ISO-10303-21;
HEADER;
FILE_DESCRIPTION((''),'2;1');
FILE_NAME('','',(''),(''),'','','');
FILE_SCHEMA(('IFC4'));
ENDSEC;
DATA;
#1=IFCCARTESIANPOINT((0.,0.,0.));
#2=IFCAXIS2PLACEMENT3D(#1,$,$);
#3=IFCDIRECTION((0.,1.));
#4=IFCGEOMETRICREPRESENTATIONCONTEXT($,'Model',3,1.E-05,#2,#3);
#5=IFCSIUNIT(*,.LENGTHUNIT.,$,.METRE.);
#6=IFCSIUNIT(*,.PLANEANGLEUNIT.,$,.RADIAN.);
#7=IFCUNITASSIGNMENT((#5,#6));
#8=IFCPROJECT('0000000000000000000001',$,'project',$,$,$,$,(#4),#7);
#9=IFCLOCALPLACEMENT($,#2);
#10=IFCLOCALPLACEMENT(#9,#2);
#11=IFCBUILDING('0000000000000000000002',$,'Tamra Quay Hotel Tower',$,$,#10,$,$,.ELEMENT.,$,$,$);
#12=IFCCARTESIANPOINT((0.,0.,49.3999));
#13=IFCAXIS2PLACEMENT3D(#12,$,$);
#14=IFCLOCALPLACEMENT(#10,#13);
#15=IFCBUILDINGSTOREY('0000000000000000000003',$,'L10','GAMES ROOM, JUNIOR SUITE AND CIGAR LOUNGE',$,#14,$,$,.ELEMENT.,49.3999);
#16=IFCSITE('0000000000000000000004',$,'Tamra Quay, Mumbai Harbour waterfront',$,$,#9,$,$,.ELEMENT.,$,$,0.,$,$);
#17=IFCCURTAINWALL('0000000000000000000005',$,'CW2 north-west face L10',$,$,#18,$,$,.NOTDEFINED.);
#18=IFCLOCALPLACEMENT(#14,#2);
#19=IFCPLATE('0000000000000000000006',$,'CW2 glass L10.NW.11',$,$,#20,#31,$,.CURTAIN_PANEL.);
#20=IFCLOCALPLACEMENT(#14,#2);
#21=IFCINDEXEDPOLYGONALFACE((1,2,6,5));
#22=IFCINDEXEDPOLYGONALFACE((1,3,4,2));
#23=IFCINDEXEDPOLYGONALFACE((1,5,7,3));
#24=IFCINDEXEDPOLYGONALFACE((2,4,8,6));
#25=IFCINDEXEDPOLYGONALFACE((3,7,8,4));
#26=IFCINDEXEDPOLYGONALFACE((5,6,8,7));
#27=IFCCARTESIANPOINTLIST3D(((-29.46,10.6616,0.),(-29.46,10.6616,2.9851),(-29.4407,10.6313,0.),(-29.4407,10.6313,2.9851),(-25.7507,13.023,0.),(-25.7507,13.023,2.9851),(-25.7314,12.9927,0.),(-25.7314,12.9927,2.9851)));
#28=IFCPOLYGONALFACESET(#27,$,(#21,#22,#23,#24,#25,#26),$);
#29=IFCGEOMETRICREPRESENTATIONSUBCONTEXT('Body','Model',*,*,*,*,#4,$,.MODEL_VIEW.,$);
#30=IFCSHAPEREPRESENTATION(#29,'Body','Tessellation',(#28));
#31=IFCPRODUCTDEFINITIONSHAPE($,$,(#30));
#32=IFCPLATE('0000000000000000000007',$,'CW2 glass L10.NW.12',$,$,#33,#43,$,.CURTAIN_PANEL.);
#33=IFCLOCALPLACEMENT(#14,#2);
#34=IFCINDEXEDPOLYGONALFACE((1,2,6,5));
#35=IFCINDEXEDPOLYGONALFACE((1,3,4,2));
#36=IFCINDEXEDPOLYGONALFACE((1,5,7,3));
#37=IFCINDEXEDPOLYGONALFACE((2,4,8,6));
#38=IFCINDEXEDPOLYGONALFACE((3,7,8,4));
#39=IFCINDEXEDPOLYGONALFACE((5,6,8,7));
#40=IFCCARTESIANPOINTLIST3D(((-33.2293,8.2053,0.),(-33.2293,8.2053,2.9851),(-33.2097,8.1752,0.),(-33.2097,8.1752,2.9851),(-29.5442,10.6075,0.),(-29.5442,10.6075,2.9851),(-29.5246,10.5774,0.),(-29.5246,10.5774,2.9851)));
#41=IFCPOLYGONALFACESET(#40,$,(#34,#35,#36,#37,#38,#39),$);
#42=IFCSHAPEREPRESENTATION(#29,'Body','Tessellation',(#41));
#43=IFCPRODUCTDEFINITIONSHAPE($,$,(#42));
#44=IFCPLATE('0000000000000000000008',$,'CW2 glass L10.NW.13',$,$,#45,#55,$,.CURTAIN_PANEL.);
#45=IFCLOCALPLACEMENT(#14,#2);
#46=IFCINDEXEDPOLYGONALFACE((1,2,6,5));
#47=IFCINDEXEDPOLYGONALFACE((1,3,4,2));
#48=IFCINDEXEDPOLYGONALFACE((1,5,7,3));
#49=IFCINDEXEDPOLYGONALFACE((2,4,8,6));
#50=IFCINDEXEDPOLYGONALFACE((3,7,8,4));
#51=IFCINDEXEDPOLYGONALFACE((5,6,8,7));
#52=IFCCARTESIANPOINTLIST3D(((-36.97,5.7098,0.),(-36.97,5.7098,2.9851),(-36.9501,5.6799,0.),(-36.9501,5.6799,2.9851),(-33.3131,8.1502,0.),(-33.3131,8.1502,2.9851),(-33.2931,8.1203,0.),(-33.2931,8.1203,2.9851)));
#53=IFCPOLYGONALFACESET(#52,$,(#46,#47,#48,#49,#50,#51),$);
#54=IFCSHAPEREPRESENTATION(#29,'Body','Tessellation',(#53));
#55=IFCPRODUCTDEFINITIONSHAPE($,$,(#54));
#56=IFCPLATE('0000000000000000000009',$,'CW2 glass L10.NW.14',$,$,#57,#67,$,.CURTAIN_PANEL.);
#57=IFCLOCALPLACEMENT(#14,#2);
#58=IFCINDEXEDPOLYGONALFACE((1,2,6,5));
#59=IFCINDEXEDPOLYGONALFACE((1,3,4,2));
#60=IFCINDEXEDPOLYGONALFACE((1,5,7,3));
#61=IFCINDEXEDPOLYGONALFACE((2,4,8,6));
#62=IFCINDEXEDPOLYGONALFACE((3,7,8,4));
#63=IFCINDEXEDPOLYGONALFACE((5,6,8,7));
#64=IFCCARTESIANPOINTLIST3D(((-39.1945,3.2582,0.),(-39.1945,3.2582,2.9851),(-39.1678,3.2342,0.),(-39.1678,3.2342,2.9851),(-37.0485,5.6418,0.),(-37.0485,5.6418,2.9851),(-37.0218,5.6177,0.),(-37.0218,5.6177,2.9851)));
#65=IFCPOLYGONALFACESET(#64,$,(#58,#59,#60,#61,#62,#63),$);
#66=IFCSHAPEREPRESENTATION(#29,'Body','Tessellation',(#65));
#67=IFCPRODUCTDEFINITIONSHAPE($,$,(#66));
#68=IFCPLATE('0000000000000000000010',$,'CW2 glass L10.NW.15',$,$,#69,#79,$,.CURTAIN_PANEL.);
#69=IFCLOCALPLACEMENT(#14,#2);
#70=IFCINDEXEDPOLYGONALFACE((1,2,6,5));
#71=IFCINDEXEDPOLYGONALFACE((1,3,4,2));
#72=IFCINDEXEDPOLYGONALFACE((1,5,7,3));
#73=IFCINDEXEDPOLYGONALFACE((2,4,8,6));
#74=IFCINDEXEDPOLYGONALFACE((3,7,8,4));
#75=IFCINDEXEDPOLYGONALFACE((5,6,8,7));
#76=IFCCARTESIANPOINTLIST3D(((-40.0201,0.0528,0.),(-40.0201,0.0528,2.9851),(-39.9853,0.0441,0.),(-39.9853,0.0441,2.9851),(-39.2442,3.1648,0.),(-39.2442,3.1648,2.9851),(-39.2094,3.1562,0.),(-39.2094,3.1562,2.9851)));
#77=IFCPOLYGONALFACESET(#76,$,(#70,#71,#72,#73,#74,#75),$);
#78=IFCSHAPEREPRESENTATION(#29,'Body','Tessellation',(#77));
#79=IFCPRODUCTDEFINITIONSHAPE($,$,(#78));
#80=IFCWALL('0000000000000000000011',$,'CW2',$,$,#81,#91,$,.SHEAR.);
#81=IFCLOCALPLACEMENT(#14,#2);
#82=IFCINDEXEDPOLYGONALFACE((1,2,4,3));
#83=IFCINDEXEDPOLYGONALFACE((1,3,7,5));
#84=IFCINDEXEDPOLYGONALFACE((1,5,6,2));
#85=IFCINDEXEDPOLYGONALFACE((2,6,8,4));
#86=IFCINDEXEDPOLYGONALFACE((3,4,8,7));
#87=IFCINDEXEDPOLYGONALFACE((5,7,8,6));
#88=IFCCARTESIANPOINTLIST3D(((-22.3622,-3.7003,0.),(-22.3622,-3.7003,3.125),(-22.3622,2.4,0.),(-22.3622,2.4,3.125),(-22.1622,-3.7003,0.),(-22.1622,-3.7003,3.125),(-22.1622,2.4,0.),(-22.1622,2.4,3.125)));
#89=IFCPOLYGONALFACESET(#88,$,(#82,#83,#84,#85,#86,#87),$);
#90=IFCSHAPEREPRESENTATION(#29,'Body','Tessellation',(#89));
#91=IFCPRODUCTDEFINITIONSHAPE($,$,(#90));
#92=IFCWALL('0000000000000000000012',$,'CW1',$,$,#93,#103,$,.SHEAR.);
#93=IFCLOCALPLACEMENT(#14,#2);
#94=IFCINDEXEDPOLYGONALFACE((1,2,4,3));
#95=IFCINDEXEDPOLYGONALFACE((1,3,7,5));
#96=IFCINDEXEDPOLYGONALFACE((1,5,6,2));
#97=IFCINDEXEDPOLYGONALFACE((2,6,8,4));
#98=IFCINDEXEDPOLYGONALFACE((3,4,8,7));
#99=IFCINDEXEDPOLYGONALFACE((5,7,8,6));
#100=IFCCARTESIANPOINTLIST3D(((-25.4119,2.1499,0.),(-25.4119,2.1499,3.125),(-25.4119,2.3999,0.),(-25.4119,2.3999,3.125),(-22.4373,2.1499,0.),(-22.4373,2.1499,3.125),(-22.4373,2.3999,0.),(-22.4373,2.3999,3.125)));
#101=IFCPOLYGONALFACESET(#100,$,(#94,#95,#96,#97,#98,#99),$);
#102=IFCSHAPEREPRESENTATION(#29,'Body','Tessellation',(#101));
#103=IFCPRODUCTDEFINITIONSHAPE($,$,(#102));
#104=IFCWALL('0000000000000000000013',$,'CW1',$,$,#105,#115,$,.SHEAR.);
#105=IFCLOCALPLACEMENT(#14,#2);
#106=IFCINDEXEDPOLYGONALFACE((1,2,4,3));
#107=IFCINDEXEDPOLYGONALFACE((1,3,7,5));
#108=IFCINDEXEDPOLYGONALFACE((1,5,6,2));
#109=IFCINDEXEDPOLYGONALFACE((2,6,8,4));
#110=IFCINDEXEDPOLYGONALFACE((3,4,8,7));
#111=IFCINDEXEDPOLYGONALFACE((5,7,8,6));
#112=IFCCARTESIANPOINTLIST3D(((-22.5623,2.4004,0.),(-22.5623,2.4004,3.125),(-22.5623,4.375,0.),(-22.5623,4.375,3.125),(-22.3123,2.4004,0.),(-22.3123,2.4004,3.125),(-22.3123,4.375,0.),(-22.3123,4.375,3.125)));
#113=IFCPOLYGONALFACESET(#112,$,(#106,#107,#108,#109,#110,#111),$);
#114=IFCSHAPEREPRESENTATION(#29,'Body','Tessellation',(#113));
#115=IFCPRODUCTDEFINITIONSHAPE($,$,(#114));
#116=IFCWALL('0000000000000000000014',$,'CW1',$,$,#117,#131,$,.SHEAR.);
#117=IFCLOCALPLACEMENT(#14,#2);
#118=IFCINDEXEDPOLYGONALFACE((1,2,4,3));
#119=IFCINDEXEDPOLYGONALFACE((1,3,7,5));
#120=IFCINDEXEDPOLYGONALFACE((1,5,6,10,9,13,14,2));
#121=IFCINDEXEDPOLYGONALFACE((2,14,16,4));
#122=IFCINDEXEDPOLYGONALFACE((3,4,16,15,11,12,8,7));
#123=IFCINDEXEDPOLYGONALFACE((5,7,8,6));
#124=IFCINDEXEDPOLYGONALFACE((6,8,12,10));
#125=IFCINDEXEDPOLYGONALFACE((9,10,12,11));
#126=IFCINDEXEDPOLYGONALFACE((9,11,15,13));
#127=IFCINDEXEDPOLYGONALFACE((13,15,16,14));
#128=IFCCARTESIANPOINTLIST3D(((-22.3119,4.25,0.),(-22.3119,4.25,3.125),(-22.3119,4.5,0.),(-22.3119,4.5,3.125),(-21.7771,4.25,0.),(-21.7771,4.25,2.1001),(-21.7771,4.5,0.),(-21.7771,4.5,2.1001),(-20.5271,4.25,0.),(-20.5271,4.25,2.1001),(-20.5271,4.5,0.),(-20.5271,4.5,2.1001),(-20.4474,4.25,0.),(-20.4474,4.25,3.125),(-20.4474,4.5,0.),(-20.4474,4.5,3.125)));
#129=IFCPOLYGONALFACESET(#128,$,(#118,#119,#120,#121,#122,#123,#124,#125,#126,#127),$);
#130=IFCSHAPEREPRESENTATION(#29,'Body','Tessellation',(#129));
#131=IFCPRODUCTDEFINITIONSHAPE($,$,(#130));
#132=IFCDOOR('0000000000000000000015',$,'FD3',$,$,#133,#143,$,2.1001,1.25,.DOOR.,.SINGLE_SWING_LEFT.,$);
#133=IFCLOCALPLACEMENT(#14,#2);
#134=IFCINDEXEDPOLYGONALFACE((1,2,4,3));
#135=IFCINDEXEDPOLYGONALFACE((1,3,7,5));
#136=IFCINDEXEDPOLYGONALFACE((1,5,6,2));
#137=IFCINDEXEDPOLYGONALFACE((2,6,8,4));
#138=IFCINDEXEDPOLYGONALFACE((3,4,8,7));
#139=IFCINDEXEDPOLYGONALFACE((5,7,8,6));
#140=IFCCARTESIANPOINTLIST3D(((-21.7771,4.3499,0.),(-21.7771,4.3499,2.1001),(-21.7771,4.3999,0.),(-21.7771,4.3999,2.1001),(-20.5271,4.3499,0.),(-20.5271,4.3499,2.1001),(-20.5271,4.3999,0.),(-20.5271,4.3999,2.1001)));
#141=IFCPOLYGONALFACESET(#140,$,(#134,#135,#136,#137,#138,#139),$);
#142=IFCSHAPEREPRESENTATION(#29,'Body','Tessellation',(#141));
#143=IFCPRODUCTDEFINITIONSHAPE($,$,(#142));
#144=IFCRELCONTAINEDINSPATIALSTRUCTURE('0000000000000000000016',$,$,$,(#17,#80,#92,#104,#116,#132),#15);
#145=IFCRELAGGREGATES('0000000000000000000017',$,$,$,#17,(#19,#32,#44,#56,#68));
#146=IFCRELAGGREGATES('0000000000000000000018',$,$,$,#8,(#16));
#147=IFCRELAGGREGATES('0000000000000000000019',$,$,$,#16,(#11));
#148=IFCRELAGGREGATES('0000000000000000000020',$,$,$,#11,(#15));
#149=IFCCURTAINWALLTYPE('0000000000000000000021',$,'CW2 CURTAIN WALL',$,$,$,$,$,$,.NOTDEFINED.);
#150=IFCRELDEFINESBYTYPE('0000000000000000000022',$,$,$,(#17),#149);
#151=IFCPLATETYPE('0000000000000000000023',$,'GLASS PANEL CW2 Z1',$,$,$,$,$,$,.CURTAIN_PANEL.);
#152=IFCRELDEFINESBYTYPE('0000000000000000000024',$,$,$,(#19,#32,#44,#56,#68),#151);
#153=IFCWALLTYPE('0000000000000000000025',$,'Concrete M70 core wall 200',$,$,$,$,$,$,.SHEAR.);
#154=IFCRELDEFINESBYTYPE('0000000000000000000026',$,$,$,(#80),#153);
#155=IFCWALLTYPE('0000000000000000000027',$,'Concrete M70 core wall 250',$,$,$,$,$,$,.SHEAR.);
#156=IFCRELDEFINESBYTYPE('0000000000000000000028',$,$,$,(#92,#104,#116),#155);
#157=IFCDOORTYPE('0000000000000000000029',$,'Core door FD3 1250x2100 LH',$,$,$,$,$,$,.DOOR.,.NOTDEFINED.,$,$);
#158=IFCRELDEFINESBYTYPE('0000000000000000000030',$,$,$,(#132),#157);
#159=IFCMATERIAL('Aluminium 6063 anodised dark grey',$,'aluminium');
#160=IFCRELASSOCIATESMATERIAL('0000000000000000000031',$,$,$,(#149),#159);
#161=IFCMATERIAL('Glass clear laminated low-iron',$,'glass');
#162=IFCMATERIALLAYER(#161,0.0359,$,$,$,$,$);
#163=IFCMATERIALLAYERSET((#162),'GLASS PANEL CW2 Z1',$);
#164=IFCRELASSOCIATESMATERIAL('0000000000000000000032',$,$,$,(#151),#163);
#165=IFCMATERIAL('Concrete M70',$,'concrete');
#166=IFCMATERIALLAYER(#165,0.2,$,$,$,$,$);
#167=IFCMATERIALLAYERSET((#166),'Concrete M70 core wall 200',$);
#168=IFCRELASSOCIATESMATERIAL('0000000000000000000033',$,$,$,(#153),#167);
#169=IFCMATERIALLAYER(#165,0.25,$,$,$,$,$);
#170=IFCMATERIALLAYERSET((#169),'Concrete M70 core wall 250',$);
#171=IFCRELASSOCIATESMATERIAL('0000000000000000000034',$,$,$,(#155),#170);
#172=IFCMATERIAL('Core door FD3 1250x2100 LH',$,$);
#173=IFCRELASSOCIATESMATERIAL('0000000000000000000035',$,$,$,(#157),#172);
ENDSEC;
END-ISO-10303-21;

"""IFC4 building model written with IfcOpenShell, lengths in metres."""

from ifc_helpers import new_model, si_unit, direction, frame, frame_2d, origin, origin_2d, place, context, subcontext, project, spatial, rectangle, extrude, material, layer, layer_set, type_object, element, fill, aggregate, save


model = new_model("IFC4")

# Units and contexts
model_context = context("Model", 3, precision=1e-05, world=origin(), true_north=direction((0.0, 1.0)))
body_context = subcontext(model_context, "Body", "Model", "MODEL_VIEW")
ifc_project = project(units=[si_unit("LENGTHUNIT", "METRE"), si_unit("PLANEANGLEUNIT", "RADIAN")], contexts=[model_context])

# Site, building, storey
site_placement = place(None, origin())
site = spatial("IfcSite", under=ifc_project, at=site_placement, Name="Tamra Quay, Mumbai Harbour waterfront", CompositionType="ELEMENT", RefElevation=0.0)
building_placement = place(site_placement, origin())
building = spatial("IfcBuilding", under=site, at=building_placement, Name="Tamra Quay Hotel Tower", CompositionType="ELEMENT")
storey_placement = place(building_placement, frame((0.0, 0.0, 49.3999)))
storey = spatial("IfcBuildingStorey", under=building, at=storey_placement, Name="L10", Description="GAMES ROOM, JUNIOR SUITE AND CIGAR LOUNGE", CompositionType="ELEMENT", Elevation=49.3999)

# Shared definitions
ifc_material_1 = material(Name="Concrete M70", Category="concrete")

# Curtain wall
ifc_material_2 = material(Name="Aluminium 6063 anodised dark grey", Category="aluminium")
curtain_wall_type = type_object("IfcCurtainWallType", Name="CW2 CURTAIN WALL", PredefinedType="NOTDEFINED", material=ifc_material_2)
curtain_wall_placement = place(storey_placement, origin())
curtain_wall = element("IfcCurtainWall", 1, at=curtain_wall_placement, inside=storey, type_object=curtain_wall_type, Name="CW2 north-west face L10", PredefinedType="NOTDEFINED")

# Plates
ifc_material_3 = material(Name="Glass clear laminated low-iron", Category="glass")
ifc_layer_1 = layer(ifc_material_3, 0.0359)
ifc_layer_set_1 = layer_set([ifc_layer_1], Name="GLASS PANEL CW2 Z1")
plate_type = type_object("IfcPlateType", Name="GLASS PANEL CW2 Z1", PredefinedType="CURTAIN_PANEL", material=ifc_layer_set_1)
plate_1_placement = place(storey_placement, frame((-27.5957, 11.8271, 0.0), z_axis=(0.0, 0.0, 1.0), x_axis=(-0.843571, -0.537018, 0.0)))
plate_1 = element("IfcPlate", 2, at=plate_1_placement, type_object=plate_type, Name="CW2 glass L10.NW.11", PredefinedType="CURTAIN_PANEL", context=body_context, shape_type="SweptSolid", body=[
    extrude(rectangle(XDim=4.3972, YDim=0.0359, at=origin_2d()), origin(), (0.0, 0.0, 1.0), 2.9851),
])
plate_2_placement = place(storey_placement, frame((-31.377, 9.3914, 0.0), z_axis=(0.0, 0.0, 1.0), x_axis=(-0.837728, -0.546088, 0.0)))
plate_2 = element("IfcPlate", 3, at=plate_2_placement, type_object=plate_type, Name="CW2 glass L10.NW.12", PredefinedType="CURTAIN_PANEL", context=body_context, shape_type="SweptSolid", body=[
    extrude(rectangle(XDim=4.3989, YDim=0.0359, at=origin_2d()), origin(), (0.0, 0.0, 1.0), 2.9851),
])
plate_3_placement = place(storey_placement, frame((-35.1316, 6.915, 0.0), z_axis=(0.0, 0.0, 1.0), x_axis=(-0.831798, -0.555078, 0.0)))
plate_3 = element("IfcPlate", 4, at=plate_3_placement, type_object=plate_type, Name="CW2 glass L10.NW.13", PredefinedType="CURTAIN_PANEL", context=body_context, shape_type="SweptSolid", body=[
    extrude(rectangle(XDim=4.3965, YDim=0.0359, at=origin_2d()), origin(), (0.0, 0.0, 1.0), 2.9851),
])
plate_4_placement = place(storey_placement, frame((-38.1082, 4.438, 0.0), z_axis=(0.0, 0.0, 1.0), x_axis=(-0.669112, -0.743161, 0.0)))
plate_4 = element("IfcPlate", 5, at=plate_4_placement, type_object=plate_type, Name="CW2 glass L10.NW.14", PredefinedType="CURTAIN_PANEL", context=body_context, shape_type="SweptSolid", body=[
    extrude(rectangle(XDim=3.2073, YDim=0.0359, at=origin_2d()), origin(), (0.0, 0.0, 1.0), 2.9851),
])
plate_5_placement = place(storey_placement, frame((-39.6147, 1.6045, 0.0), z_axis=(0.0, 0.0, 1.0), x_axis=(-0.241914, -0.970298, 0.0)))
plate_5 = element("IfcPlate", 6, at=plate_5_placement, type_object=plate_type, Name="CW2 glass L10.NW.15", PredefinedType="CURTAIN_PANEL", context=body_context, shape_type="SweptSolid", body=[
    extrude(rectangle(XDim=3.2073, YDim=0.0359, at=origin_2d()), origin(), (0.0, 0.0, 1.0), 2.9851),
])
aggregate(curtain_wall, [plate_1, plate_2, plate_3, plate_4, plate_5])

# Walls
ifc_layer_2 = layer(ifc_material_1, 0.2)
ifc_layer_set_2 = layer_set([ifc_layer_2], Name="Concrete M70 core wall 200")
wall_type_1 = type_object("IfcWallType", Name="Concrete M70 core wall 200", PredefinedType="SHEAR", material=ifc_layer_set_2)
wall_1_placement = place(storey_placement, frame((-22.2622, 2.4001, 0.0), z_axis=(0.0, 0.0, 1.0), x_axis=(0.0, -1.0, 0.0)))
element("IfcWall", 7, at=wall_1_placement, inside=storey, type_object=wall_type_1, Name="CW2", PredefinedType="SHEAR", context=body_context, shape_type="SweptSolid", body=[
    extrude(rectangle(XDim=6.1003, YDim=0.2, at=frame_2d((3.0503, 0.0))), origin(), (0.0, 0.0, 1.0), 3.125),
])
ifc_layer_3 = layer(ifc_material_1, 0.25)
ifc_layer_set_3 = layer_set([ifc_layer_3], Name="Concrete M70 core wall 250")
wall_type_2 = type_object("IfcWallType", Name="Concrete M70 core wall 250", PredefinedType="SHEAR", material=ifc_layer_set_3)
wall_2_placement = place(storey_placement, frame((-25.4119, 2.2749, 0.0), z_axis=(0.0, 0.0, 1.0), x_axis=(1.0, 0.0, 0.0)))
element("IfcWall", 8, at=wall_2_placement, inside=storey, type_object=wall_type_2, Name="CW1", PredefinedType="SHEAR", context=body_context, shape_type="SweptSolid", body=[
    extrude(rectangle(XDim=2.9746, YDim=0.25, at=frame_2d((1.4873, 0.0))), origin(), (0.0, 0.0, 1.0), 3.125),
])
wall_3_placement = place(storey_placement, frame((-22.4373, 2.4004, 0.0), z_axis=(0.0, 0.0, 1.0), x_axis=(0.0, 1.0, 0.0)))
element("IfcWall", 9, at=wall_3_placement, inside=storey, type_object=wall_type_2, Name="CW1", PredefinedType="SHEAR", context=body_context, shape_type="SweptSolid", body=[
    extrude(rectangle(XDim=1.9746, YDim=0.25, at=frame_2d((0.9873, 0.0))), origin(), (0.0, 0.0, 1.0), 3.125),
])

# Wall, opening, door
wall_4_placement = place(storey_placement, frame((-22.3118, 4.375, 0.0), z_axis=(0.0, 0.0, 1.0), x_axis=(1.0, 0.0, 0.0)))
wall_4 = element("IfcWall", 10, at=wall_4_placement, inside=storey, type_object=wall_type_2, Name="CW1", PredefinedType="SHEAR", context=body_context, shape_type="SweptSolid", body=[
    extrude(rectangle(XDim=1.8645, YDim=0.25, at=frame_2d((0.9321, 0.0))), origin(), (0.0, 0.0, 1.0), 3.125),
])
opening_placement = place(wall_4_placement, frame((0.5347, 0.0, 0.0)))
opening = element("IfcOpeningElement", 11, at=opening_placement, cuts=wall_4, PredefinedType="OPENING", context=body_context, shape_type="SweptSolid", body=[
    extrude(rectangle(XDim=1.25, YDim=2.1001, at=frame_2d((0.625, 1.05))), frame((0.0, 0.135, 0.0), z_axis=(0.0, -1.0, 0.0), x_axis=(1.0, 0.0, 0.0)), (0.0, 0.0, 1.0), 0.27),
])
ifc_material_4 = material(Name="Core door FD3 1250x2100 LH")
door_type = type_object("IfcDoorType", Name="Core door FD3 1250x2100 LH", OperationType="NOTDEFINED", PredefinedType="DOOR", material=ifc_material_4)
door_placement = place(opening_placement, origin())
door = element("IfcDoor", 12, at=door_placement, inside=storey, type_object=door_type, Name="FD3", OperationType="SINGLE_SWING_LEFT", OverallHeight=2.1001, OverallWidth=1.25, PredefinedType="DOOR", context=body_context, shape_type="SweptSolid", body=[
    extrude(rectangle(XDim=1.25, YDim=2.1001, at=frame_2d((0.625, 1.05))), frame((0.0, 0.0249, 0.0), z_axis=(0.0, -1.0, 0.0), x_axis=(1.0, 0.0, 0.0)), (0.0, 0.0, 1.0), 0.05),
])
fill(opening, door)

save(model, "model.ifc")
